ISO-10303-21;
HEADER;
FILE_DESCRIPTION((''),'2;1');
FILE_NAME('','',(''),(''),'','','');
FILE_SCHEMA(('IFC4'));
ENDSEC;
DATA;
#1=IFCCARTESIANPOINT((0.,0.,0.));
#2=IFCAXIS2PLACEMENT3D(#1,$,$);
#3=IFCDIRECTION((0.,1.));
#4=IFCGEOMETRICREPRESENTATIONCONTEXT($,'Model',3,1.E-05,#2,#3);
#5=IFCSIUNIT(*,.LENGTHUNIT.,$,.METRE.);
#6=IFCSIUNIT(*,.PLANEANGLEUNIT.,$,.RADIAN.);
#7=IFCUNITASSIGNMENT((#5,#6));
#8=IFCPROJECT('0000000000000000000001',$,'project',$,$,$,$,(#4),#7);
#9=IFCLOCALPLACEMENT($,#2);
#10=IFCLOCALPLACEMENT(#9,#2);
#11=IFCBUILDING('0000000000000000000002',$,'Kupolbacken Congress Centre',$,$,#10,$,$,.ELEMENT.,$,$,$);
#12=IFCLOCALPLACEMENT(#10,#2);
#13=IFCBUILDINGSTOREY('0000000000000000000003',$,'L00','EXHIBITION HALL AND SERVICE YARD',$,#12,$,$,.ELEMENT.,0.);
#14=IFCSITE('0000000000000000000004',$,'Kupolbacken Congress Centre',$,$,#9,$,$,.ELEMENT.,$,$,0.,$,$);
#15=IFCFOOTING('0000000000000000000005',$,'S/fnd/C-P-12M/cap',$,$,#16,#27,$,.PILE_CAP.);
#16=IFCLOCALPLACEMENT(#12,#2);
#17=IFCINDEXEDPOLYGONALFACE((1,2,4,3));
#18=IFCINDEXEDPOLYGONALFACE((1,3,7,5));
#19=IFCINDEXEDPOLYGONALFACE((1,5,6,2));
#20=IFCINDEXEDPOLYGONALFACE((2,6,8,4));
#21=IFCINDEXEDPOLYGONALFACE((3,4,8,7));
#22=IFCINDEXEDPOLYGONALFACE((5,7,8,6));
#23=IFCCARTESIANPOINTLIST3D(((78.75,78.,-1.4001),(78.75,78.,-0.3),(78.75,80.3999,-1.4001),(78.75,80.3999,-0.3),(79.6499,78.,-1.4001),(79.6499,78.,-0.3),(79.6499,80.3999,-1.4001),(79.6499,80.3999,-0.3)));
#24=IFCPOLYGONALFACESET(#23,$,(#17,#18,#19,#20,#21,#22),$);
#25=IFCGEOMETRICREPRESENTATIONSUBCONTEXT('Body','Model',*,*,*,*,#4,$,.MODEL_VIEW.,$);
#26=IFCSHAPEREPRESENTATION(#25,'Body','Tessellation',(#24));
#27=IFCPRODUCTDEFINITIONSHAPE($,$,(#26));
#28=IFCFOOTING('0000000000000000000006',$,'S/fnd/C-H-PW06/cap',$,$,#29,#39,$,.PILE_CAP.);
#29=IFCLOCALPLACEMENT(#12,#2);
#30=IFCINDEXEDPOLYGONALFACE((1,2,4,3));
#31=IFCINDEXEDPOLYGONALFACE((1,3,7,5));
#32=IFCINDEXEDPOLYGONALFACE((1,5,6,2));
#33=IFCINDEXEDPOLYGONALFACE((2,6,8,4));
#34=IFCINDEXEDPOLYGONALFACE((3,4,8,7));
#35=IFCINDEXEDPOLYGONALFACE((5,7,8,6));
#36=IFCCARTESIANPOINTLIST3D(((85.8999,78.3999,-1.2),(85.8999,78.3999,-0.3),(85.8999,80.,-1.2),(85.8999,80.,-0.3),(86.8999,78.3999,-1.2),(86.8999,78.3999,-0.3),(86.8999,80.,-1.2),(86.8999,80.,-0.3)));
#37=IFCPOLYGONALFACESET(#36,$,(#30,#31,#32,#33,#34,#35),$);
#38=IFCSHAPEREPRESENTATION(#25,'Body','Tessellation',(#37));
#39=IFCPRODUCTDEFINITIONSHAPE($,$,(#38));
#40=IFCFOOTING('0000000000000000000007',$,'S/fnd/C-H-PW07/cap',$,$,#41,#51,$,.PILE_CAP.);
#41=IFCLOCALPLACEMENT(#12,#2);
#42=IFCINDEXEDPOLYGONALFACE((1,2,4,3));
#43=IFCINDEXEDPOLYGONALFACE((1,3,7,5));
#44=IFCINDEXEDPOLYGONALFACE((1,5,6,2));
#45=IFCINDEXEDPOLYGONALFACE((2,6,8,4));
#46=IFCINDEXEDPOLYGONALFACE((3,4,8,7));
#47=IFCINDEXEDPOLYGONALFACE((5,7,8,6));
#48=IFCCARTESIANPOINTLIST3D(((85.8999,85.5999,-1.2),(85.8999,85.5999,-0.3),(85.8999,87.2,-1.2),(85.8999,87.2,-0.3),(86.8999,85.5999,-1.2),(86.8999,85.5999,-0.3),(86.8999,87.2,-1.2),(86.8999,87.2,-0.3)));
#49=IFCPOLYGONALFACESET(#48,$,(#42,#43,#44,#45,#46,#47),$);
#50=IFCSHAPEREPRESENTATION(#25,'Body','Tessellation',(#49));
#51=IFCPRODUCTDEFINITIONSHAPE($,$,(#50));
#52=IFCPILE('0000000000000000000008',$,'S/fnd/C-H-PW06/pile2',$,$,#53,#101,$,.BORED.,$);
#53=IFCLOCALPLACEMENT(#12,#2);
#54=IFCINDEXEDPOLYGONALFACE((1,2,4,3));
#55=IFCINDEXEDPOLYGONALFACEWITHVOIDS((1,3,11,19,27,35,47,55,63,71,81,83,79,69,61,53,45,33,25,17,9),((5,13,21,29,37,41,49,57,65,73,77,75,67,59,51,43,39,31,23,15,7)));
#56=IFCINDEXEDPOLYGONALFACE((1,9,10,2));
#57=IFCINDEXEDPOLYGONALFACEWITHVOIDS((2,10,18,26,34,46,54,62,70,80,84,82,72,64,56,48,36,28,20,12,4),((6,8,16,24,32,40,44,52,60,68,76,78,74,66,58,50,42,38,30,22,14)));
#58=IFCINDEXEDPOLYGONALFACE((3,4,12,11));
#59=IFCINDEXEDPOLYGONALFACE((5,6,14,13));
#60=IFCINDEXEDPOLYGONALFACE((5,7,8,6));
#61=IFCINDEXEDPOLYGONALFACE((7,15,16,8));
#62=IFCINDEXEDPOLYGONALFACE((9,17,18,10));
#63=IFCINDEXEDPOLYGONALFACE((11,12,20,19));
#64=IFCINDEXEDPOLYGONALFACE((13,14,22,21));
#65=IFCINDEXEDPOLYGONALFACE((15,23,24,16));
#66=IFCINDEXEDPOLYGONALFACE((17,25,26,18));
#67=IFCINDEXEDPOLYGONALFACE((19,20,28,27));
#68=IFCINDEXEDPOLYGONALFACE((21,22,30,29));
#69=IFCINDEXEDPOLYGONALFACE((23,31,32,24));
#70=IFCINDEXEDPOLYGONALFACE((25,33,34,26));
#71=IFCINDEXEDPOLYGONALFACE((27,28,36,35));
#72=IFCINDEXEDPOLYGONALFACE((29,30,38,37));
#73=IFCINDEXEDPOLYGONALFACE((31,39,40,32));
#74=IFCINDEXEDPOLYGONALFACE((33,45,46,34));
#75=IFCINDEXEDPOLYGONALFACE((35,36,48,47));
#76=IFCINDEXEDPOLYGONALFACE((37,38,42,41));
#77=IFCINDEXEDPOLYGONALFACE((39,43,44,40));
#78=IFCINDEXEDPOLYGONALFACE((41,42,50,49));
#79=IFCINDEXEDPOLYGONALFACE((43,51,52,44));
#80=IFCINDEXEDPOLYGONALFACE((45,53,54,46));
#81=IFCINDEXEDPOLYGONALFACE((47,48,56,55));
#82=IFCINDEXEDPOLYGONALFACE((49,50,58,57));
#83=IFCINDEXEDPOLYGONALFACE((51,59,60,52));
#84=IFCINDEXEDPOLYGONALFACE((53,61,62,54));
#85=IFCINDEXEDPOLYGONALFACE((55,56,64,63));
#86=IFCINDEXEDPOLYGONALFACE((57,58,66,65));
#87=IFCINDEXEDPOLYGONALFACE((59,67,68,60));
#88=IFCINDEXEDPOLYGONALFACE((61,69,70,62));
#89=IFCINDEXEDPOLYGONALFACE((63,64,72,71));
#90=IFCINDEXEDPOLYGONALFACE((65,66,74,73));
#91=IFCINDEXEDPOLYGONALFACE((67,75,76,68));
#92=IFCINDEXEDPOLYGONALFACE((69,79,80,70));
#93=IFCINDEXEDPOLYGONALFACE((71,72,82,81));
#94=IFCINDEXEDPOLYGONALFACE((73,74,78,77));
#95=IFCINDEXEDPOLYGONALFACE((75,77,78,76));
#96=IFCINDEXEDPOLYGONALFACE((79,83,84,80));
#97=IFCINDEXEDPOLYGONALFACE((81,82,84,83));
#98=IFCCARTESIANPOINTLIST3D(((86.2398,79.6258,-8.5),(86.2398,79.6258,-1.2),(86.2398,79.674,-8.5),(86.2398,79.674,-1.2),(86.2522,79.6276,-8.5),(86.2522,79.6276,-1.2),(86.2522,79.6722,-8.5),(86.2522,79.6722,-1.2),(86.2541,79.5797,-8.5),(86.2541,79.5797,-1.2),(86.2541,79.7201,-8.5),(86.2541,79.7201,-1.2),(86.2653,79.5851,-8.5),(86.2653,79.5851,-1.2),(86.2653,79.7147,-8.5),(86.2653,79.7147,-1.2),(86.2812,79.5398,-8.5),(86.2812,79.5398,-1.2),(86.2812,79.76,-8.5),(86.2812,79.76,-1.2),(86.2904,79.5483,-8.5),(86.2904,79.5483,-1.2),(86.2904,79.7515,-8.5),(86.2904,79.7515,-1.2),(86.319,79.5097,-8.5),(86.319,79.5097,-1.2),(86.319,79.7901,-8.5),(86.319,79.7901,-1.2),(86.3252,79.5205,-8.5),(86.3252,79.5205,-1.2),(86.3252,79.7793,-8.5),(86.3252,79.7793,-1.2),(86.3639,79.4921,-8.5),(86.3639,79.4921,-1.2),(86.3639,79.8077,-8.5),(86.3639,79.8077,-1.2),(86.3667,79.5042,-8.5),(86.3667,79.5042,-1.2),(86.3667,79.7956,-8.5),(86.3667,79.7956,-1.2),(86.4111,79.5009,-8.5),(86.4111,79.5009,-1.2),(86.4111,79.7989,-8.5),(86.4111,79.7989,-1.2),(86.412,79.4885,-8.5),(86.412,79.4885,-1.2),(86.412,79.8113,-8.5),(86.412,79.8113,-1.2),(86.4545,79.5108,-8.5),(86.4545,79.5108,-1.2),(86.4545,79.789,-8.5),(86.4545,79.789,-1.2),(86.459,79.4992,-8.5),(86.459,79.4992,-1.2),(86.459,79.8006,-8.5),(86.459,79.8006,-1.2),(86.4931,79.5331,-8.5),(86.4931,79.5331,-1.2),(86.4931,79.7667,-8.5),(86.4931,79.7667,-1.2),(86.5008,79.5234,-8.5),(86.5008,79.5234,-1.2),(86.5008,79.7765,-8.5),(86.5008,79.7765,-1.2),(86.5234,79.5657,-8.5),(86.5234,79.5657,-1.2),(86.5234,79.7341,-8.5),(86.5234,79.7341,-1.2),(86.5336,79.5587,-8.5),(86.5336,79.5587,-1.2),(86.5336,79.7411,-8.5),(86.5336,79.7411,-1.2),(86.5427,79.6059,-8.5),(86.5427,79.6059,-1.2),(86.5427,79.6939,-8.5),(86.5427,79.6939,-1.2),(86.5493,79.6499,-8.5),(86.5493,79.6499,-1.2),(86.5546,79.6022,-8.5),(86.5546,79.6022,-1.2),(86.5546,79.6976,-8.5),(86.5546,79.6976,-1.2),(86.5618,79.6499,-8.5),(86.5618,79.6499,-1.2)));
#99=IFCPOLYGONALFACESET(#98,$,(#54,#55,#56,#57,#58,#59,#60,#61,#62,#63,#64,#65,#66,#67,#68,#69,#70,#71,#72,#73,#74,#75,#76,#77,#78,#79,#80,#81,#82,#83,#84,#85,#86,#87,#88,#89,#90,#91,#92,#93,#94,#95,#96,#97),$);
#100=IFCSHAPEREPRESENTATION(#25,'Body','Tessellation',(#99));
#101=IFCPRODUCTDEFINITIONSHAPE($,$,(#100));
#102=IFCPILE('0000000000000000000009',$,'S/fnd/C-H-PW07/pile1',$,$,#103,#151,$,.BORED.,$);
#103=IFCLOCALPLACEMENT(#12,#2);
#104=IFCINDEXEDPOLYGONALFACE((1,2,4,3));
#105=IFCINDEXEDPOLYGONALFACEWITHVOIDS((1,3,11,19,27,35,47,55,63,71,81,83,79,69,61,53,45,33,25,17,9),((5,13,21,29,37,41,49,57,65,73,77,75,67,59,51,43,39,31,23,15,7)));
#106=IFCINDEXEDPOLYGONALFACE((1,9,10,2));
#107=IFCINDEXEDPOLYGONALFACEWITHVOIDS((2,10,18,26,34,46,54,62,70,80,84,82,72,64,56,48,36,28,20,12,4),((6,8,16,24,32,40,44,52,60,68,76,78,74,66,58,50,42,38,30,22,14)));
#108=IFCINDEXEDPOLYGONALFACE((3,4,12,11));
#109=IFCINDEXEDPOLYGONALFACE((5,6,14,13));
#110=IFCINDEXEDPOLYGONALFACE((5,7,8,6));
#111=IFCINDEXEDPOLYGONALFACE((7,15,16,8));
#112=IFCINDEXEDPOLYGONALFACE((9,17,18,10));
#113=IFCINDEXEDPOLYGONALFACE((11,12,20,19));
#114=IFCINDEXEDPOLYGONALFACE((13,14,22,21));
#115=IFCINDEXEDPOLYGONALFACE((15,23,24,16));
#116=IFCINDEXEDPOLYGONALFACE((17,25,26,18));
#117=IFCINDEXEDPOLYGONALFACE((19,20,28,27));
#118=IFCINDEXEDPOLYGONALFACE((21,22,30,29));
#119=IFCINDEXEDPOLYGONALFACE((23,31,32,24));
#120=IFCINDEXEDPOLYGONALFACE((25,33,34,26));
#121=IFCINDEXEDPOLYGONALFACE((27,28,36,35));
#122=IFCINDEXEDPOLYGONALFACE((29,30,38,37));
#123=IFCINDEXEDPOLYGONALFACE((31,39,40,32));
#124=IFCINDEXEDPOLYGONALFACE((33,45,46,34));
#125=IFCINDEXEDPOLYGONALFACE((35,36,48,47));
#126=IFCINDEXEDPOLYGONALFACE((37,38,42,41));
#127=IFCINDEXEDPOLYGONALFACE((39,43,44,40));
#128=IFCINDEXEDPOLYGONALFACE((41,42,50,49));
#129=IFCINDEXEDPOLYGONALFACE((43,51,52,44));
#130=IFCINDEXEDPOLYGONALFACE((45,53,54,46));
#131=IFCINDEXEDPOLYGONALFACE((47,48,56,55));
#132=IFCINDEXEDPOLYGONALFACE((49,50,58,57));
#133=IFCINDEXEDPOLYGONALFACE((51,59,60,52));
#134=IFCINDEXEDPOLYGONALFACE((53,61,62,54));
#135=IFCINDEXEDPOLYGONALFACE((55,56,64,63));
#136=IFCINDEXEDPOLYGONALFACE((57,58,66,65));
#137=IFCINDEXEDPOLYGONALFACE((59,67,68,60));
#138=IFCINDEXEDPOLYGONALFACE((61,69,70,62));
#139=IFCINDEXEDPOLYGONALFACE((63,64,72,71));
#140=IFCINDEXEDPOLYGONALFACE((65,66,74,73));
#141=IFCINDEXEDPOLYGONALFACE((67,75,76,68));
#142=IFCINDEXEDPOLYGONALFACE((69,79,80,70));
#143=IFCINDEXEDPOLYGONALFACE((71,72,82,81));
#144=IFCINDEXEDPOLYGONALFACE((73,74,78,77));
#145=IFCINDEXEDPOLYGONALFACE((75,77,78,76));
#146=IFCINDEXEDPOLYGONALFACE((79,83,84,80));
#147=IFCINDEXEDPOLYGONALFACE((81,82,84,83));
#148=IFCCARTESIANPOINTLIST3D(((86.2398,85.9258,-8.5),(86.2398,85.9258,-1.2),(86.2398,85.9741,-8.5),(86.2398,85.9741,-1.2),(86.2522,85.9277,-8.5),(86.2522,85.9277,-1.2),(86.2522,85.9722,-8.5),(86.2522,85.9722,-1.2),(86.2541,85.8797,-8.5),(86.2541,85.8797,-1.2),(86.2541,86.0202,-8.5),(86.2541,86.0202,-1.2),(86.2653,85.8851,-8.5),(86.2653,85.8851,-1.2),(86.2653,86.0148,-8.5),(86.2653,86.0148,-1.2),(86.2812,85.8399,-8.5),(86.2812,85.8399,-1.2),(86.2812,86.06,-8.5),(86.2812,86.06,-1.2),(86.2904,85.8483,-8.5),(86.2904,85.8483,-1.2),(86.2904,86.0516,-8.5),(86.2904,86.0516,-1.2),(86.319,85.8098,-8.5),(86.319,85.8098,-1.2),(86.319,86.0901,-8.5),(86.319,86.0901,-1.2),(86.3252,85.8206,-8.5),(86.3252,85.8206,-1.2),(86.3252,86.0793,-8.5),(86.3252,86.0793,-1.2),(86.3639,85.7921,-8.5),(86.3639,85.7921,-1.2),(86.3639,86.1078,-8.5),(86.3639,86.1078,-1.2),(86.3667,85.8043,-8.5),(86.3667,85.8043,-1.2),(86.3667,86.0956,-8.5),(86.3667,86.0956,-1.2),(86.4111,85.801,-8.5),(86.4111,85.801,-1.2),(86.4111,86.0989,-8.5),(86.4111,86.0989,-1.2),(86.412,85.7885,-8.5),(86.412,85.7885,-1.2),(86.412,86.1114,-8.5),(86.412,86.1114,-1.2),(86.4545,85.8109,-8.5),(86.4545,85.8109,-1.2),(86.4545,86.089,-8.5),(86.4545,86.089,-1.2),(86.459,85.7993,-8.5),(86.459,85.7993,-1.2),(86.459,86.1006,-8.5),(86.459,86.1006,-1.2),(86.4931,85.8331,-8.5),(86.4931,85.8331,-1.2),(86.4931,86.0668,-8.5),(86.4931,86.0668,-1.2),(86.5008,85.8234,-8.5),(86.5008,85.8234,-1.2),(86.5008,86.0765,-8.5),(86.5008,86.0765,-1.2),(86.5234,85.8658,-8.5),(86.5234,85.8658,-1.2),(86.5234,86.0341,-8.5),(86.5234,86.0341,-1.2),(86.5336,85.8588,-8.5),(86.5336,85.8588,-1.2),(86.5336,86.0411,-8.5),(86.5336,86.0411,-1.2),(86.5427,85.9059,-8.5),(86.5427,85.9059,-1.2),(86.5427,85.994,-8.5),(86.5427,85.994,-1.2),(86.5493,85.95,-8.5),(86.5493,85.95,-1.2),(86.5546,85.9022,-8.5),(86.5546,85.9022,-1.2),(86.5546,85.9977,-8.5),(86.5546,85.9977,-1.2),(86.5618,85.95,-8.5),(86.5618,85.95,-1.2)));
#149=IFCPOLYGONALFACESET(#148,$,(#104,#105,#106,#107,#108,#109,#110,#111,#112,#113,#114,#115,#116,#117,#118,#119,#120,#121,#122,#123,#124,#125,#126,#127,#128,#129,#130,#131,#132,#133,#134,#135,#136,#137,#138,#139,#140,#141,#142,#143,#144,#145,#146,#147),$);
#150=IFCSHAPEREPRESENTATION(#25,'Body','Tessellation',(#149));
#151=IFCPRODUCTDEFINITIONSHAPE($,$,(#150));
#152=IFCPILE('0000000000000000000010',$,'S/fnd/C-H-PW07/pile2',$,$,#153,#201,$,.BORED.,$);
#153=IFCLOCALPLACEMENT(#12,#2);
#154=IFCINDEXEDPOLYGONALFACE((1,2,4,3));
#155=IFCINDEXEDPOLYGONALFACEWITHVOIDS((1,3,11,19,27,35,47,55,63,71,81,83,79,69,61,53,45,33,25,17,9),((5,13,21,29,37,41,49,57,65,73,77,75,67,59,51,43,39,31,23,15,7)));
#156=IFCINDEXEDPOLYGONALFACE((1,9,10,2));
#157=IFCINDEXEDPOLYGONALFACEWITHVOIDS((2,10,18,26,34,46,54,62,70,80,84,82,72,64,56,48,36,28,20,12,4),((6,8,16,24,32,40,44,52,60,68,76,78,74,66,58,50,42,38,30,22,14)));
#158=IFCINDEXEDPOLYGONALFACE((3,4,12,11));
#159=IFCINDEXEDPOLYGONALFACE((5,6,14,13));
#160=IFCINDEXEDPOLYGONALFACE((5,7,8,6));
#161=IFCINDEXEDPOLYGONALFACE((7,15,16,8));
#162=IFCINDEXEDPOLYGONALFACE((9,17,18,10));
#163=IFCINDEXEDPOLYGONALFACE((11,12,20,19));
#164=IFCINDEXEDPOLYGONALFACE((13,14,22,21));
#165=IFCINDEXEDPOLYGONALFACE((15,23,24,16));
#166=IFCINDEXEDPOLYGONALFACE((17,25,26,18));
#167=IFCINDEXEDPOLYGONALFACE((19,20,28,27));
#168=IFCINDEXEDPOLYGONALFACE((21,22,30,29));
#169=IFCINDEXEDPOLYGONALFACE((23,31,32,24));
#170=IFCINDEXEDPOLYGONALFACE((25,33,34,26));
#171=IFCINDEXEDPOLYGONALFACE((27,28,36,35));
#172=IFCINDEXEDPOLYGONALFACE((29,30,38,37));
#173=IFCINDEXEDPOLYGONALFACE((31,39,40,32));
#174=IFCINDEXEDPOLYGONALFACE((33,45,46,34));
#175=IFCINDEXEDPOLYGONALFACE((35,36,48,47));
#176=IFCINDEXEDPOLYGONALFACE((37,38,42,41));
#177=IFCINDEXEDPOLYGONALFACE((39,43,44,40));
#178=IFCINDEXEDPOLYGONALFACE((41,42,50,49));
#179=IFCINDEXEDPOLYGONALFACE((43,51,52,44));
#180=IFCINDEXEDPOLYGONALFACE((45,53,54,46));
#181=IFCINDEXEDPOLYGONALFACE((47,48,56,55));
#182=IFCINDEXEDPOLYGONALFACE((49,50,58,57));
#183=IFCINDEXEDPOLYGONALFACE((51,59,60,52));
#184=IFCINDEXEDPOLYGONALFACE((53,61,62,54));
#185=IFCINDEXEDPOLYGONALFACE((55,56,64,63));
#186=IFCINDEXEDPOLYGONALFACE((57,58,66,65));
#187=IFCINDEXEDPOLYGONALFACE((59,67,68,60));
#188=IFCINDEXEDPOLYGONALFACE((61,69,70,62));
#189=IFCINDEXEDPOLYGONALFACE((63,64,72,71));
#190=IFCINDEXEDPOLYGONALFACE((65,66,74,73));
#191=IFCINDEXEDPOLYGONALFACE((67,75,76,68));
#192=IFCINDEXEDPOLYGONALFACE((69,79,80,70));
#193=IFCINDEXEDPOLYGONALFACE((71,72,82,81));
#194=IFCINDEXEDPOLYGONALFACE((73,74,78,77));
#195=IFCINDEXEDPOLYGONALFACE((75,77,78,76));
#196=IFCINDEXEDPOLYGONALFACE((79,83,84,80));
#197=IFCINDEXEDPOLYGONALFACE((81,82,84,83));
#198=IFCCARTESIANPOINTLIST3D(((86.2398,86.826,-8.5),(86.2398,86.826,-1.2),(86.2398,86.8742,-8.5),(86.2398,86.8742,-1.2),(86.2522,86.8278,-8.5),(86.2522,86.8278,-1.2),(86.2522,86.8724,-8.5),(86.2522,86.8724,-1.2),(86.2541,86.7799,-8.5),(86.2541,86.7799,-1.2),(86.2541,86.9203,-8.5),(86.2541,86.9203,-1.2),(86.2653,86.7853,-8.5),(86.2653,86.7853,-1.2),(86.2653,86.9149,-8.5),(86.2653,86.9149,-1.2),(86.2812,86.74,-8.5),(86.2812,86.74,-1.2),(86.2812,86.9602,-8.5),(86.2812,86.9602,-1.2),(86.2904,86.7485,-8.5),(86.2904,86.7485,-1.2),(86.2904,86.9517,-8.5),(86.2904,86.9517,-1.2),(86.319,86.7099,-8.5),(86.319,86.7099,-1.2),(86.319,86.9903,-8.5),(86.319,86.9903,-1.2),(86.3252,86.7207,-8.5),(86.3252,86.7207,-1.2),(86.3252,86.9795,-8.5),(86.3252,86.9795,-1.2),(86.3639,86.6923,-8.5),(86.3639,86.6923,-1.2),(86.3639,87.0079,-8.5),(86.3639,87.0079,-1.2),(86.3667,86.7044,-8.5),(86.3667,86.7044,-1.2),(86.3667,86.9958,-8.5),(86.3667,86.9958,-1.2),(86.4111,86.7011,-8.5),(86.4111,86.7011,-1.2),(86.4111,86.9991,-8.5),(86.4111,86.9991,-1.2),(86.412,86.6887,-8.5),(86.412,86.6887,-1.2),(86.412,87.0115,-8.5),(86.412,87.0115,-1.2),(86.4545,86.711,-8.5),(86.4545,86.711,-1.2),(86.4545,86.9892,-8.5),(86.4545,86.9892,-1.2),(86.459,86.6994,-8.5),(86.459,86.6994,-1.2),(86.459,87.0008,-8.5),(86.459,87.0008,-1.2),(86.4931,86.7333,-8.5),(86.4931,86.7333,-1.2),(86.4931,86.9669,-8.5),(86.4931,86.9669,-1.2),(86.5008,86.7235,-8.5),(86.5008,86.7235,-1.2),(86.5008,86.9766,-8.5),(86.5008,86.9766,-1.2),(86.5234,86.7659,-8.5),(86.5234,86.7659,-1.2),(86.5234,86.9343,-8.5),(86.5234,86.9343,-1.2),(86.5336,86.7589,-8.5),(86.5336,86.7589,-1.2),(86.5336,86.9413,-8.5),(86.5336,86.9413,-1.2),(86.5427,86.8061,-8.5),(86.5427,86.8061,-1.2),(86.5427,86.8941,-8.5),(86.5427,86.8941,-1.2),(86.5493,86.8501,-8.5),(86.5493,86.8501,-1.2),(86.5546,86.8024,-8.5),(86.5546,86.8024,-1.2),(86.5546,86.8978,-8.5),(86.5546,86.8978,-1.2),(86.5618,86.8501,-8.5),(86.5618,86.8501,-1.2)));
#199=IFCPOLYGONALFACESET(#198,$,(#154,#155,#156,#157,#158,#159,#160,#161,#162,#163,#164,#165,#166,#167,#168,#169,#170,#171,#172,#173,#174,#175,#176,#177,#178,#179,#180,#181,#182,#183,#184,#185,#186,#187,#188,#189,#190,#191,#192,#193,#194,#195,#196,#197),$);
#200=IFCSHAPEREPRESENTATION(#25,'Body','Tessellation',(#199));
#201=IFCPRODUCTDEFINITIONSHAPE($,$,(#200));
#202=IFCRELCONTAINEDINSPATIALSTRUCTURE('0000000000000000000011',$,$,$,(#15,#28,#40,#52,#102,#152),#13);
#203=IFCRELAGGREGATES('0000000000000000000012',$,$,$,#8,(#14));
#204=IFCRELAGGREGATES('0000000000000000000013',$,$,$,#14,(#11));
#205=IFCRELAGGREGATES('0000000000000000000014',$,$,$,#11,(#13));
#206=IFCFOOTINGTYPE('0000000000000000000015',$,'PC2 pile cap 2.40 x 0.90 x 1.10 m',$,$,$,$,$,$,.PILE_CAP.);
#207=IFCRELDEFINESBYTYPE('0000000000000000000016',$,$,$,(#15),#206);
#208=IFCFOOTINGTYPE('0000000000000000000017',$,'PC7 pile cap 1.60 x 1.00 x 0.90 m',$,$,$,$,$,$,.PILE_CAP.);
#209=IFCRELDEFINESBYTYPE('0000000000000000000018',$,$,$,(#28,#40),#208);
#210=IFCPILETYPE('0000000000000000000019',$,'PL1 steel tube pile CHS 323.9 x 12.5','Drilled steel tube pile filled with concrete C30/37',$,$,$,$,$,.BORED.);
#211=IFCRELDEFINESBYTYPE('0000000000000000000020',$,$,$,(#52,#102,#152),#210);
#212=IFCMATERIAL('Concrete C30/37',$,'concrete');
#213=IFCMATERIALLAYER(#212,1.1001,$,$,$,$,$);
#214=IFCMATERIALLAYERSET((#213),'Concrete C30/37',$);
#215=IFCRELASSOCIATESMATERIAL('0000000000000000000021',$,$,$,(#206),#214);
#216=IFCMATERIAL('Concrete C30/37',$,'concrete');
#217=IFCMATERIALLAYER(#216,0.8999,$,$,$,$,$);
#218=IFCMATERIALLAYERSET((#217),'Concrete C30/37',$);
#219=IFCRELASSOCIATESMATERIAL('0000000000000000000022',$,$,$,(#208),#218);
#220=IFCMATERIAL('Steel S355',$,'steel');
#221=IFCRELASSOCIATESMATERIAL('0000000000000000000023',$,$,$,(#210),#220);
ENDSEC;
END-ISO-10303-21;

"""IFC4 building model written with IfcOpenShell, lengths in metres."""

from ifc_helpers import new_model, si_unit, direction, frame, origin, origin_2d, place, context, subcontext, project, spatial, rectangle, hollow_circle, extrude, material, layer, layer_set, material_profile, profile_set, type_object, element, save


model = new_model("IFC4")

# Units and contexts
model_context = context("Model", 3, precision=1e-05, world=origin(), true_north=direction((0.0, 1.0)))
body_context = subcontext(model_context, "Body", "Model", "MODEL_VIEW")
ifc_project = project(units=[si_unit("LENGTHUNIT", "METRE"), si_unit("PLANEANGLEUNIT", "RADIAN")], contexts=[model_context])

# Site, building, storey
site_placement = place(None, origin())
site = spatial("IfcSite", under=ifc_project, at=site_placement, Name="Kupolbacken Congress Centre", CompositionType="ELEMENT", RefElevation=0.0)
building_placement = place(site_placement, origin())
building = spatial("IfcBuilding", under=site, at=building_placement, Name="Kupolbacken Congress Centre", CompositionType="ELEMENT")
storey_placement = place(building_placement, origin())
storey = spatial("IfcBuildingStorey", under=building, at=storey_placement, Name="L00", Description="EXHIBITION HALL AND SERVICE YARD", CompositionType="ELEMENT", Elevation=0.0)

# Footings
ifc_material_1 = material(Name="Concrete C30/37", Category="concrete")
ifc_layer_1 = layer(ifc_material_1, 1.1001)
ifc_layer_set_1 = layer_set([ifc_layer_1], Name="Concrete C30/37")
footing_type_1 = type_object("IfcFootingType", Name="PC2 pile cap 2.40 x 0.90 x 1.10 m", PredefinedType="PILE_CAP", material=ifc_layer_set_1)
footing_1_placement = place(storey_placement, frame((79.2, 79.2, -1.4001), z_axis=(0.0, 0.0, 1.0), x_axis=(1.0, 0.0, 0.0)))
element("IfcFooting", 1, at=footing_1_placement, inside=storey, type_object=footing_type_1, Name="S/fnd/C-P-12M/cap", PredefinedType="PILE_CAP", context=body_context, shape_type="SweptSolid", body=[
    extrude(rectangle(XDim=0.8999, YDim=2.3999, at=origin_2d()), origin(), (0.0, 0.0, 1.0), 1.1001),
])
ifc_material_2 = material(Name="Concrete C30/37", Category="concrete")
ifc_layer_2 = layer(ifc_material_2, 0.8999)
ifc_layer_set_2 = layer_set([ifc_layer_2], Name="Concrete C30/37")
footing_type_2 = type_object("IfcFootingType", Name="PC7 pile cap 1.60 x 1.00 x 0.90 m", PredefinedType="PILE_CAP", material=ifc_layer_set_2)
for number, where, z_axis, x_axis, name in (
    (2, (86.3999, 79.2, -1.2), (0.0, 0.0, 1.0), (1.0, 0.0, 0.0), "S/fnd/C-H-PW06/cap"),
    (3, (86.3999, 86.3999, -1.2), (0.0, 0.0, 1.0), (1.0, 0.0, 0.0), "S/fnd/C-H-PW07/cap"),
):
    element("IfcFooting", number, at=place(storey_placement, frame(where, z_axis=z_axis, x_axis=x_axis)), inside=storey, type_object=footing_type_2, Name=name, PredefinedType="PILE_CAP", context=body_context, shape_type="SweptSolid", body=[
        extrude(rectangle(XDim=1.0, YDim=1.6001, at=origin_2d()), origin(), (0.0, 0.0, 1.0), 0.8999),
    ])

# Piles
ifc_material_3 = material(Name="Steel S355", Category="steel")
ifc_material_profile_1 = material_profile(ifc_material_3, hollow_circle(Radius=0.1619, WallThickness=0.0125, at=origin_2d()), Name="CHS 323.9 x 12.5")
ifc_profile_set_1 = profile_set([ifc_material_profile_1], Name="Steel S355")
pile_type_1 = type_object("IfcPileType", Name="PL1 steel tube pile CHS 323.9 x 12.5", Description="Drilled steel tube pile filled with concrete C30/37", PredefinedType="BORED", material=ifc_profile_set_1)
for number, where, z_axis, x_axis, name in (
    (4, (86.3999, 79.6499, -1.2), (0.0, 0.0, -1.0), (1.0, 0.0, 0.0), "S/fnd/C-H-PW06/pile2"),
    (5, (86.3999, 85.95, -1.2), (0.0, 0.0, -1.0), (1.0, 0.0, 0.0), "S/fnd/C-H-PW07/pile1"),
    (6, (86.3999, 86.8501, -1.2), (0.0, 0.0, -1.0), (1.0, 0.0, 0.0), "S/fnd/C-H-PW07/pile2"),
):
    element("IfcPile", number, at=place(storey_placement, frame(where, z_axis=z_axis, x_axis=x_axis)), inside=storey, type_object=pile_type_1, Name=name, PredefinedType="BORED", context=body_context, shape_type="SweptSolid", body=[
        extrude(hollow_circle(Radius=0.1619, WallThickness=0.0125, at=origin_2d()), origin(), (0.0, 0.0, 1.0), 7.3),
    ])

save(model, "model.ifc")
